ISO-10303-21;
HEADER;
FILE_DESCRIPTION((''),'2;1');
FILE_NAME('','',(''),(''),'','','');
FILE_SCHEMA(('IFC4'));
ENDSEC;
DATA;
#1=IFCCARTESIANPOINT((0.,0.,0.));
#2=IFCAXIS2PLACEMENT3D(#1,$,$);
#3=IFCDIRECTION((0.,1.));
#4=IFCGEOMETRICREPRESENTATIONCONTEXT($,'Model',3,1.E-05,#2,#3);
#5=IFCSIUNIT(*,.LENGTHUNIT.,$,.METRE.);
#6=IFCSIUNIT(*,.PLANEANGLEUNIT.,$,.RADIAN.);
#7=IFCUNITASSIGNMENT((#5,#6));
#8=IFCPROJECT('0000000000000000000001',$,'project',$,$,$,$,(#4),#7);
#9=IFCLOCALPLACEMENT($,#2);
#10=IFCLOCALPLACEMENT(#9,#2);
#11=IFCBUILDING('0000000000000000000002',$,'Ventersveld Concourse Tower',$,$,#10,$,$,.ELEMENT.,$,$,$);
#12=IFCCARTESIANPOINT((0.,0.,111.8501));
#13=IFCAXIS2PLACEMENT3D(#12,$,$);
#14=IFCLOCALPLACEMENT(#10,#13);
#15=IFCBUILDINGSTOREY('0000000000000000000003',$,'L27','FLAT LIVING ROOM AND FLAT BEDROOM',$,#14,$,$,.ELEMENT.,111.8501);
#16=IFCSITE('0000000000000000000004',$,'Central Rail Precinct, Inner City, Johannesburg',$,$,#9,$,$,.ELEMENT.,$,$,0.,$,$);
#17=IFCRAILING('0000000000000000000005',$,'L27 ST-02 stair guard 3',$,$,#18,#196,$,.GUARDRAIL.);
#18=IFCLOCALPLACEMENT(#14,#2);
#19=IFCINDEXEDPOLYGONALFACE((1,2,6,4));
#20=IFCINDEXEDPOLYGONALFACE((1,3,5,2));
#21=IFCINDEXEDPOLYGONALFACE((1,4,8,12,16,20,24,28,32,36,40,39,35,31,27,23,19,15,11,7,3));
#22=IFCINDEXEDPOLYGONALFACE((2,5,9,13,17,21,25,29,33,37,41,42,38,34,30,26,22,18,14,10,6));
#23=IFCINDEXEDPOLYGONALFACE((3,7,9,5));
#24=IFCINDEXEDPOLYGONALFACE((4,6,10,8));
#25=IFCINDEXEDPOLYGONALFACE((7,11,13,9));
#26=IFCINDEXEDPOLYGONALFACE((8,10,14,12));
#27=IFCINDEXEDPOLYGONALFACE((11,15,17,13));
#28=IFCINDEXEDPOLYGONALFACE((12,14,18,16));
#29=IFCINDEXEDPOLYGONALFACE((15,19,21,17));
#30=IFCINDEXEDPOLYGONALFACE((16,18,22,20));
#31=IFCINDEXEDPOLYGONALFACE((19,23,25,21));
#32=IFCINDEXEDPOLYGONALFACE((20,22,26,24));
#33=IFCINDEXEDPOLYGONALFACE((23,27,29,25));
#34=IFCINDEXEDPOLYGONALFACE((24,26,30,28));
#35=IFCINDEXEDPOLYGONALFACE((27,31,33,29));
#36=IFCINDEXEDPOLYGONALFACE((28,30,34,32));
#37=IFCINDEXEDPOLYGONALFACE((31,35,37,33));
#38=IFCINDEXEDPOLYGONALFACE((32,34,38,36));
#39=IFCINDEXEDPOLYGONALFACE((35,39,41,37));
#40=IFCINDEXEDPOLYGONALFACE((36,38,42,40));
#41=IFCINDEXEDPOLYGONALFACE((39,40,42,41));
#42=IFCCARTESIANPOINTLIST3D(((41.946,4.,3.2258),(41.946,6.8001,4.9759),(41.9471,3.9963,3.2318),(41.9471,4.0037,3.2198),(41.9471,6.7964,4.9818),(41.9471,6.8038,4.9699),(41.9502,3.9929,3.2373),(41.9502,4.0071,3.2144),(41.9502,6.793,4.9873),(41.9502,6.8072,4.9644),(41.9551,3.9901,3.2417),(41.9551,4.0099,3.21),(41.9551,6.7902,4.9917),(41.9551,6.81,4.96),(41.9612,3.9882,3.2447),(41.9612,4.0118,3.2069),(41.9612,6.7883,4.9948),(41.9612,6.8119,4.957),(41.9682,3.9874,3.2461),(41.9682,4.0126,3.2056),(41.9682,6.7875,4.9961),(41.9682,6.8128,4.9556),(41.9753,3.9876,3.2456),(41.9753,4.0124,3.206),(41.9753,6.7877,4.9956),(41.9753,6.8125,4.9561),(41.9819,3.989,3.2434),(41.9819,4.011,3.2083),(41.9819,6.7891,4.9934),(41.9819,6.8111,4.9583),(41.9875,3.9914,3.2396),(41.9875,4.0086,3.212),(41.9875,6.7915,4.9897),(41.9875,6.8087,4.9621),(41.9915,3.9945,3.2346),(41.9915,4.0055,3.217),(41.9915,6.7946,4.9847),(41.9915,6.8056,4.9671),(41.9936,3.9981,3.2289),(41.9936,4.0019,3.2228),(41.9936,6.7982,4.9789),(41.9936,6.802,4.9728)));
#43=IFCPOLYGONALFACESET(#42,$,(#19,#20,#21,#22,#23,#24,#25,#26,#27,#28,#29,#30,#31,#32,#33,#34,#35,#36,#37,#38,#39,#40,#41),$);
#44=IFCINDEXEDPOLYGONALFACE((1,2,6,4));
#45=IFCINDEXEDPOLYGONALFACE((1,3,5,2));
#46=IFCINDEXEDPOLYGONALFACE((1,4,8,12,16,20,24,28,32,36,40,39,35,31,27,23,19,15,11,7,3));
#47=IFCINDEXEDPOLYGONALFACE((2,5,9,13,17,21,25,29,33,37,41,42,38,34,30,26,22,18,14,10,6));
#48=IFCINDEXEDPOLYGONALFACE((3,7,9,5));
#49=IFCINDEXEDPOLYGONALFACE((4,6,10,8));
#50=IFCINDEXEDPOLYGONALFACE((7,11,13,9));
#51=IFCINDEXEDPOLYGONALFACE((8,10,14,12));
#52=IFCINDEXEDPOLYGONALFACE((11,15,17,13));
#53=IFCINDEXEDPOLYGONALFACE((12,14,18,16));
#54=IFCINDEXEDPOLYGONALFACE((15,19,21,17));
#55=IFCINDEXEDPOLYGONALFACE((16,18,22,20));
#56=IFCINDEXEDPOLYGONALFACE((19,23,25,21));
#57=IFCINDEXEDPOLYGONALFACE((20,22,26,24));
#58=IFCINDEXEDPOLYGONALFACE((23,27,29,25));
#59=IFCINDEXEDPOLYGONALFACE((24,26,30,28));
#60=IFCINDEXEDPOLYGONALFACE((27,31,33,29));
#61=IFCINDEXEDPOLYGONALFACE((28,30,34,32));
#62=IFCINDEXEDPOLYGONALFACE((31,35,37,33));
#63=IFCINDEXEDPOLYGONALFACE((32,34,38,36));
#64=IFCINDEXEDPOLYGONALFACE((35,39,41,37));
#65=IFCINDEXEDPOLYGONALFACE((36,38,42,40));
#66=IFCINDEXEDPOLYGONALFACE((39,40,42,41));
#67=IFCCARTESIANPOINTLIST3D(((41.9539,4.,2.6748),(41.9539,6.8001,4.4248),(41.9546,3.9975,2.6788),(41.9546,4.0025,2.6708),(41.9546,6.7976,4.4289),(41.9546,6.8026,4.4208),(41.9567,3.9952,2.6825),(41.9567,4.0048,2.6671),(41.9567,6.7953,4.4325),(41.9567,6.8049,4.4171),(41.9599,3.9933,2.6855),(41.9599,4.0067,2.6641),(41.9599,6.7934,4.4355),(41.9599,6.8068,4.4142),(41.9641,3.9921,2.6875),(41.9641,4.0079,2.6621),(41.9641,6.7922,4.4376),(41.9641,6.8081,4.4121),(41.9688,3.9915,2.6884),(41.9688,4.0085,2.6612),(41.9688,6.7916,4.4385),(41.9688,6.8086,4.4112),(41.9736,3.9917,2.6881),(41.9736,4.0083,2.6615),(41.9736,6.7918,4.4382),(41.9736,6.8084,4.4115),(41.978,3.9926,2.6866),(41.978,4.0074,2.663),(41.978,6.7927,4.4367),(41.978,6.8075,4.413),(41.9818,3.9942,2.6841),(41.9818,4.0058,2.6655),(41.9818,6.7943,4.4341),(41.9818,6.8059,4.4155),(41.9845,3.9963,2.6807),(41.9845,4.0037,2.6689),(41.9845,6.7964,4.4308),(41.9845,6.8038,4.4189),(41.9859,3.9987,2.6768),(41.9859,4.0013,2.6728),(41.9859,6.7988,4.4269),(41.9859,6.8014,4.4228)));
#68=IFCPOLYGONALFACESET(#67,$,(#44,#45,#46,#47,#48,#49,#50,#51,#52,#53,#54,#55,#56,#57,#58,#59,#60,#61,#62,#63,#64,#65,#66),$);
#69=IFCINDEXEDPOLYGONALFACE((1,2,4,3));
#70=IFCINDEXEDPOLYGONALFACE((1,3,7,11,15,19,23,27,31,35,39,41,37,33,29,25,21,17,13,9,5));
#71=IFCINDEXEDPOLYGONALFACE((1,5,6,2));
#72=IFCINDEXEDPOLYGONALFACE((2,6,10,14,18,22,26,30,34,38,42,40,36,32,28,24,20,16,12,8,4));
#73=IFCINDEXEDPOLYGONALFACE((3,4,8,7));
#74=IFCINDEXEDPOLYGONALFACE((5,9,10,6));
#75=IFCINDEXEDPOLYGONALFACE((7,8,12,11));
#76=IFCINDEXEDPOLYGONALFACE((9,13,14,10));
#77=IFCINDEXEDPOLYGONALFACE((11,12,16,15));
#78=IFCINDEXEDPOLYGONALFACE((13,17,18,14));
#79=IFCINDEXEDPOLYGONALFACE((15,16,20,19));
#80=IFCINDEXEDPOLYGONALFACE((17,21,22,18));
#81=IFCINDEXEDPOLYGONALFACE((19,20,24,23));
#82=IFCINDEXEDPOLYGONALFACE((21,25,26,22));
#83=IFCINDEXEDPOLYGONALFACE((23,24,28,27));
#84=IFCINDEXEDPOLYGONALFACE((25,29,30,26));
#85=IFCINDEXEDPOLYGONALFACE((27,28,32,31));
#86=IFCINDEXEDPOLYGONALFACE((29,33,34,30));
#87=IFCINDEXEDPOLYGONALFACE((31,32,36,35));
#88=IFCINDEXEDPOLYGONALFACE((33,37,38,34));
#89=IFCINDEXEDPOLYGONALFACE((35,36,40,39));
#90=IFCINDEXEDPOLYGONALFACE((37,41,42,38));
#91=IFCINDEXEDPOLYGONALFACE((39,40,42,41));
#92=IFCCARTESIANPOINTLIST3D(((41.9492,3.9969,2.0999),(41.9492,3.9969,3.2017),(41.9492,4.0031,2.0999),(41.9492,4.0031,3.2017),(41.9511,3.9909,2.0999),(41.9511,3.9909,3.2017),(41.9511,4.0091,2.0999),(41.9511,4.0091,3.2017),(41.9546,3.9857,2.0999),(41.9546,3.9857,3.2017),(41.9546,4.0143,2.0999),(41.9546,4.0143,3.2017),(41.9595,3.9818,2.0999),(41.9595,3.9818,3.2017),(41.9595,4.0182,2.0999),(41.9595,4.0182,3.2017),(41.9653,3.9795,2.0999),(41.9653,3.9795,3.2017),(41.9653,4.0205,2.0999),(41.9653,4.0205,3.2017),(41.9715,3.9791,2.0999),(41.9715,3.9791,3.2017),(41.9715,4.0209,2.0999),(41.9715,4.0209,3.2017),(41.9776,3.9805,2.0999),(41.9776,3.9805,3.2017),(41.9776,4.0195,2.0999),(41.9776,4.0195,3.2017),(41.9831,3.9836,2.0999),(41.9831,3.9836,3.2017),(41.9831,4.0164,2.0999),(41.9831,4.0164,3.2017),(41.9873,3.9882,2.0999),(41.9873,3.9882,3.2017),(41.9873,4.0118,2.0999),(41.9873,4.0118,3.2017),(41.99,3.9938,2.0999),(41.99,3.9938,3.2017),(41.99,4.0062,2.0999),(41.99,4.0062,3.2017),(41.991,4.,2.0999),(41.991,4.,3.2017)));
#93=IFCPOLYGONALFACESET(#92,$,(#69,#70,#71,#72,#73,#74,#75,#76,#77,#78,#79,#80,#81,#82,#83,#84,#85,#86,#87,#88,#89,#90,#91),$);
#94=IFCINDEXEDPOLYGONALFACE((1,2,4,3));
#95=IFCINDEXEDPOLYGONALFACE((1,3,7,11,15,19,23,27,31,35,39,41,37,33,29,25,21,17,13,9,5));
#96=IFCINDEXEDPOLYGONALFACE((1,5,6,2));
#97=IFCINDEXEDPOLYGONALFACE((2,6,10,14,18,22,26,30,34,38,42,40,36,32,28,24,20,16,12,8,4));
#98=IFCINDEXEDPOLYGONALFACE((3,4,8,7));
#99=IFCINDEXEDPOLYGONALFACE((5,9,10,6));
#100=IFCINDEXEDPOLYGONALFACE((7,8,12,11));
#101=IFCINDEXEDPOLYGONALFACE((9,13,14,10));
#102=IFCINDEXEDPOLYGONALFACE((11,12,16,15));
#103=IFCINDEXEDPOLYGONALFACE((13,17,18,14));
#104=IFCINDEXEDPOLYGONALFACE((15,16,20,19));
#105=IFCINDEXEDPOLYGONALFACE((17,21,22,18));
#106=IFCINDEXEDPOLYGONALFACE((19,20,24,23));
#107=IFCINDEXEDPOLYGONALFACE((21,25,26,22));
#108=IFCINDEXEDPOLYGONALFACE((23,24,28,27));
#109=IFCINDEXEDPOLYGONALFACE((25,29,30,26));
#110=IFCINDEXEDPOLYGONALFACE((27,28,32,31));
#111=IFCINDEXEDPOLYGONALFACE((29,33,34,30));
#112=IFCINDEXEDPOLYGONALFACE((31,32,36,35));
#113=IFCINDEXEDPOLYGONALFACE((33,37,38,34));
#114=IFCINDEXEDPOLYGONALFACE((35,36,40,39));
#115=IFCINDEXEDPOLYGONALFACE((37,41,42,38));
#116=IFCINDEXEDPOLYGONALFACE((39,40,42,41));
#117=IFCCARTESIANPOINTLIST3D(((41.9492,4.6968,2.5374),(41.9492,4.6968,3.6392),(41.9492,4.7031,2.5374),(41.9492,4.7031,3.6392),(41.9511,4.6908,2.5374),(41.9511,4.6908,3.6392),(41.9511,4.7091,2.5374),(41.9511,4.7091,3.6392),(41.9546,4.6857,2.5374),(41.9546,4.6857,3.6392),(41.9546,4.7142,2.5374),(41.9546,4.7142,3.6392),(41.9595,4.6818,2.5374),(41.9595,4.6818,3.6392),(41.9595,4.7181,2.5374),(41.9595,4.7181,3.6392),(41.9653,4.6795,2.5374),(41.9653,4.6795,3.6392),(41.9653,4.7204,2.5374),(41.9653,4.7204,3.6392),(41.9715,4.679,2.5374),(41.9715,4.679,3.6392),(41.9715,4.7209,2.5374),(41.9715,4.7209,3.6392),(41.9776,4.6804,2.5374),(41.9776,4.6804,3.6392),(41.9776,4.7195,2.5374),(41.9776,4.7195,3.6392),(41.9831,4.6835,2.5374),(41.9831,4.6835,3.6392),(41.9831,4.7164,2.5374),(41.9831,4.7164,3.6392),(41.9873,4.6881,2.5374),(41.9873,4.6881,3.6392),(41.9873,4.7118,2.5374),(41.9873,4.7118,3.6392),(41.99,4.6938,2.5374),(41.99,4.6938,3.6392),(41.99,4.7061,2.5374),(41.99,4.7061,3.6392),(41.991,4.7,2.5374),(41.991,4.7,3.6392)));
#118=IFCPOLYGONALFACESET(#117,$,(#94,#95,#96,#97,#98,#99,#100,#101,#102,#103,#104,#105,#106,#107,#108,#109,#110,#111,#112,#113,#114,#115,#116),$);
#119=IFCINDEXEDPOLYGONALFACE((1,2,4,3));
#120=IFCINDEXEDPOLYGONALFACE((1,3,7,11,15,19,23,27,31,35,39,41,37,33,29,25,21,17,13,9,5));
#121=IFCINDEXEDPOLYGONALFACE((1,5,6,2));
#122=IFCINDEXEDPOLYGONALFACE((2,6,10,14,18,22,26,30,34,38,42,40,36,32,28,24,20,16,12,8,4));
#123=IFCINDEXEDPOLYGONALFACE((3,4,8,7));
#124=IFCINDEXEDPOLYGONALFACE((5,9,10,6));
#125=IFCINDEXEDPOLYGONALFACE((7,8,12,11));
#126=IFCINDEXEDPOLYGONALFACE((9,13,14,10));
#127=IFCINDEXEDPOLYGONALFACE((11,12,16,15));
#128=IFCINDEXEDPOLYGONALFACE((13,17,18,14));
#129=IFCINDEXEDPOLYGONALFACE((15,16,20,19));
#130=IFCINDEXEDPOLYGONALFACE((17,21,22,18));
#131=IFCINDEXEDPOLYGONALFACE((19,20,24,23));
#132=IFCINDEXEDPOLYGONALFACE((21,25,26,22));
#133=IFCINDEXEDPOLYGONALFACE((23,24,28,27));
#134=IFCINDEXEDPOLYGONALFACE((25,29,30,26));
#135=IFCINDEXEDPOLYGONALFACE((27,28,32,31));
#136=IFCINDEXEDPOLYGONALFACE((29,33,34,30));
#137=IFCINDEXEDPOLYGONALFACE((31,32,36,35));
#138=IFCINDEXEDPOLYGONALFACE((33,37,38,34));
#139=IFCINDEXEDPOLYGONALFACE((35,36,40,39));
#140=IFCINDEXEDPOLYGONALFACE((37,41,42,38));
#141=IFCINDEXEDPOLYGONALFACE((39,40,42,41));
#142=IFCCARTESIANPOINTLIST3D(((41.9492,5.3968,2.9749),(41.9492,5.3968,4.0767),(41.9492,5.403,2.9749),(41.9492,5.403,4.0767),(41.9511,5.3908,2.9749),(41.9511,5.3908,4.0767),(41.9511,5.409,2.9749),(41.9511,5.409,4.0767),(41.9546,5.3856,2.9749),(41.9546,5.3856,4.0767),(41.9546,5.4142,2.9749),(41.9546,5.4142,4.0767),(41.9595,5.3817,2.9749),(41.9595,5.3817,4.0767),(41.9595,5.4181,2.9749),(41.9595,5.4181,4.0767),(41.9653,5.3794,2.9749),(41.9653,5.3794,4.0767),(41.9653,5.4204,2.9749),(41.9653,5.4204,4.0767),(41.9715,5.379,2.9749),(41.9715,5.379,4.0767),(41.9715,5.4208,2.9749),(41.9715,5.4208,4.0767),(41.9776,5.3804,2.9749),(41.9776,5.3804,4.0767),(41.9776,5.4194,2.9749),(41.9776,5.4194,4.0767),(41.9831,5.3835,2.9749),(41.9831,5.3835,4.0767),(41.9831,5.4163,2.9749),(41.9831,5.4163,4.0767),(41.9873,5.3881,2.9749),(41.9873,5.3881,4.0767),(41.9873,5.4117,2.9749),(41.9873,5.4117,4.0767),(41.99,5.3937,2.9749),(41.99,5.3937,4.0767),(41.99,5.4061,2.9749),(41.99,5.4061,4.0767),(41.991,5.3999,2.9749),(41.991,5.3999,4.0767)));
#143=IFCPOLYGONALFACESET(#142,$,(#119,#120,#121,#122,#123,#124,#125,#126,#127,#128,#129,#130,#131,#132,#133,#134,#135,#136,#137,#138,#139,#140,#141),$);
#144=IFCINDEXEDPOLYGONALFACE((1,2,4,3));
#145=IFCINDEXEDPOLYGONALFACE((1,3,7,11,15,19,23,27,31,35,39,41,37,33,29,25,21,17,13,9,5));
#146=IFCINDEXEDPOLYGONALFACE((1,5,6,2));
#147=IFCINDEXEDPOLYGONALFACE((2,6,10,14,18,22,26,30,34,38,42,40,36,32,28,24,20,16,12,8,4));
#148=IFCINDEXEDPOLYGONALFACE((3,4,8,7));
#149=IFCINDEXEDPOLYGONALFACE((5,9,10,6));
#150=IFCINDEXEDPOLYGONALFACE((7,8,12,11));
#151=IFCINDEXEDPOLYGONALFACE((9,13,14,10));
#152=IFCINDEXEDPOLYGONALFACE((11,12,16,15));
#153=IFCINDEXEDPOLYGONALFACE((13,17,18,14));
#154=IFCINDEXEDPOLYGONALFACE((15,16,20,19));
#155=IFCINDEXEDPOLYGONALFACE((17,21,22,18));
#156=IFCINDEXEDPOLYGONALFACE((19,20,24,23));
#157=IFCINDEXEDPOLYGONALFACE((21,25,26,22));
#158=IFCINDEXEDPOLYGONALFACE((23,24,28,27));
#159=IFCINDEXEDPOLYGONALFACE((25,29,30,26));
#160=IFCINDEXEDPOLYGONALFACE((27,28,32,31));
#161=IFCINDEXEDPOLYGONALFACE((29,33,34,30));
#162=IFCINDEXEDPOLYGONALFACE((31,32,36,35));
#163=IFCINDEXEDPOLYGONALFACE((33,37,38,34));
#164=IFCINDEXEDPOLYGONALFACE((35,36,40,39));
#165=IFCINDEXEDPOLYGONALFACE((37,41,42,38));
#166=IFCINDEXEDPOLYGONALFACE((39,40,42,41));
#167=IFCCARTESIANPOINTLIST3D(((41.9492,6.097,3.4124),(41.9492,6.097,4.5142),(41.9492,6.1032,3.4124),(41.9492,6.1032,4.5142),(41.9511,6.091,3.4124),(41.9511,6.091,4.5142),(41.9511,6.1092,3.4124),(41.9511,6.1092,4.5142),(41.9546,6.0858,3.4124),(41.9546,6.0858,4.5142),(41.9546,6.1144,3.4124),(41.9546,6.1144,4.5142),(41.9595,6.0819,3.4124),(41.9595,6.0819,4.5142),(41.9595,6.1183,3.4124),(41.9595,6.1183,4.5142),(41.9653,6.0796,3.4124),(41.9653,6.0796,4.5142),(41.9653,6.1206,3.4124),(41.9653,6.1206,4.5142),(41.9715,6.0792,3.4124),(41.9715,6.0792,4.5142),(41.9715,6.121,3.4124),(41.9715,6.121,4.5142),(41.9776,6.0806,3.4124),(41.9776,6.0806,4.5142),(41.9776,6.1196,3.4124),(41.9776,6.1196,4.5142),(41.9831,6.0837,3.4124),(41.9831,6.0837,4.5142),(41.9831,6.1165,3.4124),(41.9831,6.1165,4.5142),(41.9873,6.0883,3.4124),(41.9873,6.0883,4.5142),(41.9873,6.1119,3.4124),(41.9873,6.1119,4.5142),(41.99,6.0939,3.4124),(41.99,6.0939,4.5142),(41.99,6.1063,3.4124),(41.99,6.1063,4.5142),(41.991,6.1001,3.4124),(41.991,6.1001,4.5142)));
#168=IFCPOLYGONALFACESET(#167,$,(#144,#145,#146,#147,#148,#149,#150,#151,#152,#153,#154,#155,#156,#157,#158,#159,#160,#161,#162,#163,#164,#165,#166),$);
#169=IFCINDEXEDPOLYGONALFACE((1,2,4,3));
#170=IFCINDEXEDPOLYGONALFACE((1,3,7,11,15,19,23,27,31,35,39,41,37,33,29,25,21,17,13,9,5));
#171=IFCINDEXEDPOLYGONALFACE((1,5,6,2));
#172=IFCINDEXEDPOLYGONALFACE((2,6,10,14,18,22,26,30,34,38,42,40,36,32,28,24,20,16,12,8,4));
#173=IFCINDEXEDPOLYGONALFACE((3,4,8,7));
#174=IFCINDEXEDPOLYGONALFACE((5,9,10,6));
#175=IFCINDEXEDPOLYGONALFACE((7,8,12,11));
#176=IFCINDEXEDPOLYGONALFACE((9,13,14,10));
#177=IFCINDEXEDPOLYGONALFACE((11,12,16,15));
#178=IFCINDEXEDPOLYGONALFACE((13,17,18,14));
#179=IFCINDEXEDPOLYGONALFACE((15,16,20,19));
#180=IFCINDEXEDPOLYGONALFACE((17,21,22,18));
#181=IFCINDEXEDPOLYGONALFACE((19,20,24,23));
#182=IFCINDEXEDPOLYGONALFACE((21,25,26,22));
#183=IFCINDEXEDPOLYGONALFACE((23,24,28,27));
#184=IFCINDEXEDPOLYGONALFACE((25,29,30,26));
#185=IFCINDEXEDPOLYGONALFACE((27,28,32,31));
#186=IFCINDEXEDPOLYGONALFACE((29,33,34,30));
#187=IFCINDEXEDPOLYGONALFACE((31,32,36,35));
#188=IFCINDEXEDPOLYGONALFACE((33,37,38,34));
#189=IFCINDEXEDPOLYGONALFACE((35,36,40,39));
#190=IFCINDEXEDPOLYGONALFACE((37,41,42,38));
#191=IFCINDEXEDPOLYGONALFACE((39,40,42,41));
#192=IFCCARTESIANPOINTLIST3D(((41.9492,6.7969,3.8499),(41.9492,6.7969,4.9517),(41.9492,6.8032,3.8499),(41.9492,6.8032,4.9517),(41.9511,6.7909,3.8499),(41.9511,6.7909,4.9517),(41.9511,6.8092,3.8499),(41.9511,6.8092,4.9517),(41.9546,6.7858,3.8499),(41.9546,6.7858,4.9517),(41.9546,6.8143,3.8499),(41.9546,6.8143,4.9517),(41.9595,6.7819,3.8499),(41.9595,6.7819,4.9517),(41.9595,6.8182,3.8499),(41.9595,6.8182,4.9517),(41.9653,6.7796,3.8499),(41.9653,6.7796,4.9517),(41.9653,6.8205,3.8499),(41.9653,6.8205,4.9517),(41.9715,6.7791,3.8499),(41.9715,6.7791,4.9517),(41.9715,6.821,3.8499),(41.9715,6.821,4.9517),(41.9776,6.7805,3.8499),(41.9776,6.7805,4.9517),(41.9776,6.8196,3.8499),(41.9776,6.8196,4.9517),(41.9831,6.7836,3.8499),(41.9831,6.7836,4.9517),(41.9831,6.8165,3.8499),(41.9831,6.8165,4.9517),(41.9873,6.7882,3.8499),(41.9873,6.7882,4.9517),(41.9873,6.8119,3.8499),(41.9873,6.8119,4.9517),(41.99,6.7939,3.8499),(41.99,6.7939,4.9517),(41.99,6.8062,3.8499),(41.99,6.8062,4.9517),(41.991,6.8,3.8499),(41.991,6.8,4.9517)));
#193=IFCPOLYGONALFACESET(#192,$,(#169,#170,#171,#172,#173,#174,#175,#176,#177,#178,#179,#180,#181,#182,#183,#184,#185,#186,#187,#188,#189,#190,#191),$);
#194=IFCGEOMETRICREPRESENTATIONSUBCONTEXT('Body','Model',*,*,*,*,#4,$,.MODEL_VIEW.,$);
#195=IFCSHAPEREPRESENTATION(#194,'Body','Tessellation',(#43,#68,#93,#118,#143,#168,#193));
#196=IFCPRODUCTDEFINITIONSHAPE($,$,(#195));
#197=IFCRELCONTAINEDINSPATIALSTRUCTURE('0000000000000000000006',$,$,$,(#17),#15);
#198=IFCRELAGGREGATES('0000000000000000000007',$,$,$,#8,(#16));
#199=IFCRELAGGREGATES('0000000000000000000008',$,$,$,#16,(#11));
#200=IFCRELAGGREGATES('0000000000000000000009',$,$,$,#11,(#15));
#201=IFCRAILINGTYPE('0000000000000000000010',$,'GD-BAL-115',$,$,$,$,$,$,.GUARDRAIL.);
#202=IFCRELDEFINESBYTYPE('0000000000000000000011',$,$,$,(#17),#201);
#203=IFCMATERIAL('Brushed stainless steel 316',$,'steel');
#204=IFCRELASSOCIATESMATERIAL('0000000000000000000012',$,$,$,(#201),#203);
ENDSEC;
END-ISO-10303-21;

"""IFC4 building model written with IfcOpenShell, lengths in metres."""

from ifc_helpers import new_model, si_unit, direction, frame, origin, origin_2d, place, context, subcontext, project, spatial, circle, extrude, material, type_object, element, save


model = new_model("IFC4")

# Units and contexts
model_context = context("Model", 3, precision=1e-05, world=origin(), true_north=direction((0.0, 1.0)))
body_context = subcontext(model_context, "Body", "Model", "MODEL_VIEW")
ifc_project = project(units=[si_unit("LENGTHUNIT", "METRE"), si_unit("PLANEANGLEUNIT", "RADIAN")], contexts=[model_context])

# Site, building, storey
site_placement = place(None, origin())
site = spatial("IfcSite", under=ifc_project, at=site_placement, Name="Central Rail Precinct, Inner City, Johannesburg", CompositionType="ELEMENT", RefElevation=0.0)
building_placement = place(site_placement, origin())
building = spatial("IfcBuilding", under=site, at=building_placement, Name="Ventersveld Concourse Tower", CompositionType="ELEMENT")
storey_placement = place(building_placement, frame((0.0, 0.0, 111.8501)))
storey = spatial("IfcBuildingStorey", under=building, at=storey_placement, Name="L27", Description="FLAT LIVING ROOM AND FLAT BEDROOM", CompositionType="ELEMENT", Elevation=111.8501)

# Shared definitions
ifc_material_1 = material(Name="Brushed stainless steel 316", Category="steel")

# Railing
railing_type_1 = type_object("IfcRailingType", Name="GD-BAL-115", PredefinedType="GUARDRAIL", material=ifc_material_1)
railing_1_placement = place(storey_placement, frame((41.97, 4.0, 2.0999)))
element("IfcRailing", 1, at=railing_1_placement, inside=storey, type_object=railing_type_1, Name="L27 ST-02 stair guard 3", PredefinedType="GUARDRAIL", context=body_context, shape_type="SweptSolid", body=[
    extrude(circle(Radius=0.0239, at=origin_2d()), frame((0.0, 0.0, 1.126), z_axis=(0.0, 0.848002, 0.529992), x_axis=(-1.0, 0.0, 0.0)), (0.0, 0.0, 1.0), 3.302),
    extrude(circle(Radius=0.0161, at=origin_2d()), frame((0.0, 0.0, 0.575), z_axis=(0.0, 0.848002, 0.529992), x_axis=(-1.0, 0.0, 0.0)), (0.0, 0.0, 1.0), 3.302),
    extrude(circle(Radius=0.021, at=origin_2d()), origin(), (0.0, 0.0, 1.0), 1.1018),
    extrude(circle(Radius=0.021, at=origin_2d()), frame((0.0, 0.7, 0.4375)), (0.0, 0.0, 1.0), 1.1018),
    extrude(circle(Radius=0.021, at=origin_2d()), frame((0.0, 1.3999, 0.875)), (0.0, 0.0, 1.0), 1.1018),
    extrude(circle(Radius=0.021, at=origin_2d()), frame((0.0, 2.1001, 1.3125)), (0.0, 0.0, 1.0), 1.1018),
    extrude(circle(Radius=0.021, at=origin_2d()), frame((0.0, 2.8, 1.75)), (0.0, 0.0, 1.0), 1.1018),
])

save(model, "model.ifc")
